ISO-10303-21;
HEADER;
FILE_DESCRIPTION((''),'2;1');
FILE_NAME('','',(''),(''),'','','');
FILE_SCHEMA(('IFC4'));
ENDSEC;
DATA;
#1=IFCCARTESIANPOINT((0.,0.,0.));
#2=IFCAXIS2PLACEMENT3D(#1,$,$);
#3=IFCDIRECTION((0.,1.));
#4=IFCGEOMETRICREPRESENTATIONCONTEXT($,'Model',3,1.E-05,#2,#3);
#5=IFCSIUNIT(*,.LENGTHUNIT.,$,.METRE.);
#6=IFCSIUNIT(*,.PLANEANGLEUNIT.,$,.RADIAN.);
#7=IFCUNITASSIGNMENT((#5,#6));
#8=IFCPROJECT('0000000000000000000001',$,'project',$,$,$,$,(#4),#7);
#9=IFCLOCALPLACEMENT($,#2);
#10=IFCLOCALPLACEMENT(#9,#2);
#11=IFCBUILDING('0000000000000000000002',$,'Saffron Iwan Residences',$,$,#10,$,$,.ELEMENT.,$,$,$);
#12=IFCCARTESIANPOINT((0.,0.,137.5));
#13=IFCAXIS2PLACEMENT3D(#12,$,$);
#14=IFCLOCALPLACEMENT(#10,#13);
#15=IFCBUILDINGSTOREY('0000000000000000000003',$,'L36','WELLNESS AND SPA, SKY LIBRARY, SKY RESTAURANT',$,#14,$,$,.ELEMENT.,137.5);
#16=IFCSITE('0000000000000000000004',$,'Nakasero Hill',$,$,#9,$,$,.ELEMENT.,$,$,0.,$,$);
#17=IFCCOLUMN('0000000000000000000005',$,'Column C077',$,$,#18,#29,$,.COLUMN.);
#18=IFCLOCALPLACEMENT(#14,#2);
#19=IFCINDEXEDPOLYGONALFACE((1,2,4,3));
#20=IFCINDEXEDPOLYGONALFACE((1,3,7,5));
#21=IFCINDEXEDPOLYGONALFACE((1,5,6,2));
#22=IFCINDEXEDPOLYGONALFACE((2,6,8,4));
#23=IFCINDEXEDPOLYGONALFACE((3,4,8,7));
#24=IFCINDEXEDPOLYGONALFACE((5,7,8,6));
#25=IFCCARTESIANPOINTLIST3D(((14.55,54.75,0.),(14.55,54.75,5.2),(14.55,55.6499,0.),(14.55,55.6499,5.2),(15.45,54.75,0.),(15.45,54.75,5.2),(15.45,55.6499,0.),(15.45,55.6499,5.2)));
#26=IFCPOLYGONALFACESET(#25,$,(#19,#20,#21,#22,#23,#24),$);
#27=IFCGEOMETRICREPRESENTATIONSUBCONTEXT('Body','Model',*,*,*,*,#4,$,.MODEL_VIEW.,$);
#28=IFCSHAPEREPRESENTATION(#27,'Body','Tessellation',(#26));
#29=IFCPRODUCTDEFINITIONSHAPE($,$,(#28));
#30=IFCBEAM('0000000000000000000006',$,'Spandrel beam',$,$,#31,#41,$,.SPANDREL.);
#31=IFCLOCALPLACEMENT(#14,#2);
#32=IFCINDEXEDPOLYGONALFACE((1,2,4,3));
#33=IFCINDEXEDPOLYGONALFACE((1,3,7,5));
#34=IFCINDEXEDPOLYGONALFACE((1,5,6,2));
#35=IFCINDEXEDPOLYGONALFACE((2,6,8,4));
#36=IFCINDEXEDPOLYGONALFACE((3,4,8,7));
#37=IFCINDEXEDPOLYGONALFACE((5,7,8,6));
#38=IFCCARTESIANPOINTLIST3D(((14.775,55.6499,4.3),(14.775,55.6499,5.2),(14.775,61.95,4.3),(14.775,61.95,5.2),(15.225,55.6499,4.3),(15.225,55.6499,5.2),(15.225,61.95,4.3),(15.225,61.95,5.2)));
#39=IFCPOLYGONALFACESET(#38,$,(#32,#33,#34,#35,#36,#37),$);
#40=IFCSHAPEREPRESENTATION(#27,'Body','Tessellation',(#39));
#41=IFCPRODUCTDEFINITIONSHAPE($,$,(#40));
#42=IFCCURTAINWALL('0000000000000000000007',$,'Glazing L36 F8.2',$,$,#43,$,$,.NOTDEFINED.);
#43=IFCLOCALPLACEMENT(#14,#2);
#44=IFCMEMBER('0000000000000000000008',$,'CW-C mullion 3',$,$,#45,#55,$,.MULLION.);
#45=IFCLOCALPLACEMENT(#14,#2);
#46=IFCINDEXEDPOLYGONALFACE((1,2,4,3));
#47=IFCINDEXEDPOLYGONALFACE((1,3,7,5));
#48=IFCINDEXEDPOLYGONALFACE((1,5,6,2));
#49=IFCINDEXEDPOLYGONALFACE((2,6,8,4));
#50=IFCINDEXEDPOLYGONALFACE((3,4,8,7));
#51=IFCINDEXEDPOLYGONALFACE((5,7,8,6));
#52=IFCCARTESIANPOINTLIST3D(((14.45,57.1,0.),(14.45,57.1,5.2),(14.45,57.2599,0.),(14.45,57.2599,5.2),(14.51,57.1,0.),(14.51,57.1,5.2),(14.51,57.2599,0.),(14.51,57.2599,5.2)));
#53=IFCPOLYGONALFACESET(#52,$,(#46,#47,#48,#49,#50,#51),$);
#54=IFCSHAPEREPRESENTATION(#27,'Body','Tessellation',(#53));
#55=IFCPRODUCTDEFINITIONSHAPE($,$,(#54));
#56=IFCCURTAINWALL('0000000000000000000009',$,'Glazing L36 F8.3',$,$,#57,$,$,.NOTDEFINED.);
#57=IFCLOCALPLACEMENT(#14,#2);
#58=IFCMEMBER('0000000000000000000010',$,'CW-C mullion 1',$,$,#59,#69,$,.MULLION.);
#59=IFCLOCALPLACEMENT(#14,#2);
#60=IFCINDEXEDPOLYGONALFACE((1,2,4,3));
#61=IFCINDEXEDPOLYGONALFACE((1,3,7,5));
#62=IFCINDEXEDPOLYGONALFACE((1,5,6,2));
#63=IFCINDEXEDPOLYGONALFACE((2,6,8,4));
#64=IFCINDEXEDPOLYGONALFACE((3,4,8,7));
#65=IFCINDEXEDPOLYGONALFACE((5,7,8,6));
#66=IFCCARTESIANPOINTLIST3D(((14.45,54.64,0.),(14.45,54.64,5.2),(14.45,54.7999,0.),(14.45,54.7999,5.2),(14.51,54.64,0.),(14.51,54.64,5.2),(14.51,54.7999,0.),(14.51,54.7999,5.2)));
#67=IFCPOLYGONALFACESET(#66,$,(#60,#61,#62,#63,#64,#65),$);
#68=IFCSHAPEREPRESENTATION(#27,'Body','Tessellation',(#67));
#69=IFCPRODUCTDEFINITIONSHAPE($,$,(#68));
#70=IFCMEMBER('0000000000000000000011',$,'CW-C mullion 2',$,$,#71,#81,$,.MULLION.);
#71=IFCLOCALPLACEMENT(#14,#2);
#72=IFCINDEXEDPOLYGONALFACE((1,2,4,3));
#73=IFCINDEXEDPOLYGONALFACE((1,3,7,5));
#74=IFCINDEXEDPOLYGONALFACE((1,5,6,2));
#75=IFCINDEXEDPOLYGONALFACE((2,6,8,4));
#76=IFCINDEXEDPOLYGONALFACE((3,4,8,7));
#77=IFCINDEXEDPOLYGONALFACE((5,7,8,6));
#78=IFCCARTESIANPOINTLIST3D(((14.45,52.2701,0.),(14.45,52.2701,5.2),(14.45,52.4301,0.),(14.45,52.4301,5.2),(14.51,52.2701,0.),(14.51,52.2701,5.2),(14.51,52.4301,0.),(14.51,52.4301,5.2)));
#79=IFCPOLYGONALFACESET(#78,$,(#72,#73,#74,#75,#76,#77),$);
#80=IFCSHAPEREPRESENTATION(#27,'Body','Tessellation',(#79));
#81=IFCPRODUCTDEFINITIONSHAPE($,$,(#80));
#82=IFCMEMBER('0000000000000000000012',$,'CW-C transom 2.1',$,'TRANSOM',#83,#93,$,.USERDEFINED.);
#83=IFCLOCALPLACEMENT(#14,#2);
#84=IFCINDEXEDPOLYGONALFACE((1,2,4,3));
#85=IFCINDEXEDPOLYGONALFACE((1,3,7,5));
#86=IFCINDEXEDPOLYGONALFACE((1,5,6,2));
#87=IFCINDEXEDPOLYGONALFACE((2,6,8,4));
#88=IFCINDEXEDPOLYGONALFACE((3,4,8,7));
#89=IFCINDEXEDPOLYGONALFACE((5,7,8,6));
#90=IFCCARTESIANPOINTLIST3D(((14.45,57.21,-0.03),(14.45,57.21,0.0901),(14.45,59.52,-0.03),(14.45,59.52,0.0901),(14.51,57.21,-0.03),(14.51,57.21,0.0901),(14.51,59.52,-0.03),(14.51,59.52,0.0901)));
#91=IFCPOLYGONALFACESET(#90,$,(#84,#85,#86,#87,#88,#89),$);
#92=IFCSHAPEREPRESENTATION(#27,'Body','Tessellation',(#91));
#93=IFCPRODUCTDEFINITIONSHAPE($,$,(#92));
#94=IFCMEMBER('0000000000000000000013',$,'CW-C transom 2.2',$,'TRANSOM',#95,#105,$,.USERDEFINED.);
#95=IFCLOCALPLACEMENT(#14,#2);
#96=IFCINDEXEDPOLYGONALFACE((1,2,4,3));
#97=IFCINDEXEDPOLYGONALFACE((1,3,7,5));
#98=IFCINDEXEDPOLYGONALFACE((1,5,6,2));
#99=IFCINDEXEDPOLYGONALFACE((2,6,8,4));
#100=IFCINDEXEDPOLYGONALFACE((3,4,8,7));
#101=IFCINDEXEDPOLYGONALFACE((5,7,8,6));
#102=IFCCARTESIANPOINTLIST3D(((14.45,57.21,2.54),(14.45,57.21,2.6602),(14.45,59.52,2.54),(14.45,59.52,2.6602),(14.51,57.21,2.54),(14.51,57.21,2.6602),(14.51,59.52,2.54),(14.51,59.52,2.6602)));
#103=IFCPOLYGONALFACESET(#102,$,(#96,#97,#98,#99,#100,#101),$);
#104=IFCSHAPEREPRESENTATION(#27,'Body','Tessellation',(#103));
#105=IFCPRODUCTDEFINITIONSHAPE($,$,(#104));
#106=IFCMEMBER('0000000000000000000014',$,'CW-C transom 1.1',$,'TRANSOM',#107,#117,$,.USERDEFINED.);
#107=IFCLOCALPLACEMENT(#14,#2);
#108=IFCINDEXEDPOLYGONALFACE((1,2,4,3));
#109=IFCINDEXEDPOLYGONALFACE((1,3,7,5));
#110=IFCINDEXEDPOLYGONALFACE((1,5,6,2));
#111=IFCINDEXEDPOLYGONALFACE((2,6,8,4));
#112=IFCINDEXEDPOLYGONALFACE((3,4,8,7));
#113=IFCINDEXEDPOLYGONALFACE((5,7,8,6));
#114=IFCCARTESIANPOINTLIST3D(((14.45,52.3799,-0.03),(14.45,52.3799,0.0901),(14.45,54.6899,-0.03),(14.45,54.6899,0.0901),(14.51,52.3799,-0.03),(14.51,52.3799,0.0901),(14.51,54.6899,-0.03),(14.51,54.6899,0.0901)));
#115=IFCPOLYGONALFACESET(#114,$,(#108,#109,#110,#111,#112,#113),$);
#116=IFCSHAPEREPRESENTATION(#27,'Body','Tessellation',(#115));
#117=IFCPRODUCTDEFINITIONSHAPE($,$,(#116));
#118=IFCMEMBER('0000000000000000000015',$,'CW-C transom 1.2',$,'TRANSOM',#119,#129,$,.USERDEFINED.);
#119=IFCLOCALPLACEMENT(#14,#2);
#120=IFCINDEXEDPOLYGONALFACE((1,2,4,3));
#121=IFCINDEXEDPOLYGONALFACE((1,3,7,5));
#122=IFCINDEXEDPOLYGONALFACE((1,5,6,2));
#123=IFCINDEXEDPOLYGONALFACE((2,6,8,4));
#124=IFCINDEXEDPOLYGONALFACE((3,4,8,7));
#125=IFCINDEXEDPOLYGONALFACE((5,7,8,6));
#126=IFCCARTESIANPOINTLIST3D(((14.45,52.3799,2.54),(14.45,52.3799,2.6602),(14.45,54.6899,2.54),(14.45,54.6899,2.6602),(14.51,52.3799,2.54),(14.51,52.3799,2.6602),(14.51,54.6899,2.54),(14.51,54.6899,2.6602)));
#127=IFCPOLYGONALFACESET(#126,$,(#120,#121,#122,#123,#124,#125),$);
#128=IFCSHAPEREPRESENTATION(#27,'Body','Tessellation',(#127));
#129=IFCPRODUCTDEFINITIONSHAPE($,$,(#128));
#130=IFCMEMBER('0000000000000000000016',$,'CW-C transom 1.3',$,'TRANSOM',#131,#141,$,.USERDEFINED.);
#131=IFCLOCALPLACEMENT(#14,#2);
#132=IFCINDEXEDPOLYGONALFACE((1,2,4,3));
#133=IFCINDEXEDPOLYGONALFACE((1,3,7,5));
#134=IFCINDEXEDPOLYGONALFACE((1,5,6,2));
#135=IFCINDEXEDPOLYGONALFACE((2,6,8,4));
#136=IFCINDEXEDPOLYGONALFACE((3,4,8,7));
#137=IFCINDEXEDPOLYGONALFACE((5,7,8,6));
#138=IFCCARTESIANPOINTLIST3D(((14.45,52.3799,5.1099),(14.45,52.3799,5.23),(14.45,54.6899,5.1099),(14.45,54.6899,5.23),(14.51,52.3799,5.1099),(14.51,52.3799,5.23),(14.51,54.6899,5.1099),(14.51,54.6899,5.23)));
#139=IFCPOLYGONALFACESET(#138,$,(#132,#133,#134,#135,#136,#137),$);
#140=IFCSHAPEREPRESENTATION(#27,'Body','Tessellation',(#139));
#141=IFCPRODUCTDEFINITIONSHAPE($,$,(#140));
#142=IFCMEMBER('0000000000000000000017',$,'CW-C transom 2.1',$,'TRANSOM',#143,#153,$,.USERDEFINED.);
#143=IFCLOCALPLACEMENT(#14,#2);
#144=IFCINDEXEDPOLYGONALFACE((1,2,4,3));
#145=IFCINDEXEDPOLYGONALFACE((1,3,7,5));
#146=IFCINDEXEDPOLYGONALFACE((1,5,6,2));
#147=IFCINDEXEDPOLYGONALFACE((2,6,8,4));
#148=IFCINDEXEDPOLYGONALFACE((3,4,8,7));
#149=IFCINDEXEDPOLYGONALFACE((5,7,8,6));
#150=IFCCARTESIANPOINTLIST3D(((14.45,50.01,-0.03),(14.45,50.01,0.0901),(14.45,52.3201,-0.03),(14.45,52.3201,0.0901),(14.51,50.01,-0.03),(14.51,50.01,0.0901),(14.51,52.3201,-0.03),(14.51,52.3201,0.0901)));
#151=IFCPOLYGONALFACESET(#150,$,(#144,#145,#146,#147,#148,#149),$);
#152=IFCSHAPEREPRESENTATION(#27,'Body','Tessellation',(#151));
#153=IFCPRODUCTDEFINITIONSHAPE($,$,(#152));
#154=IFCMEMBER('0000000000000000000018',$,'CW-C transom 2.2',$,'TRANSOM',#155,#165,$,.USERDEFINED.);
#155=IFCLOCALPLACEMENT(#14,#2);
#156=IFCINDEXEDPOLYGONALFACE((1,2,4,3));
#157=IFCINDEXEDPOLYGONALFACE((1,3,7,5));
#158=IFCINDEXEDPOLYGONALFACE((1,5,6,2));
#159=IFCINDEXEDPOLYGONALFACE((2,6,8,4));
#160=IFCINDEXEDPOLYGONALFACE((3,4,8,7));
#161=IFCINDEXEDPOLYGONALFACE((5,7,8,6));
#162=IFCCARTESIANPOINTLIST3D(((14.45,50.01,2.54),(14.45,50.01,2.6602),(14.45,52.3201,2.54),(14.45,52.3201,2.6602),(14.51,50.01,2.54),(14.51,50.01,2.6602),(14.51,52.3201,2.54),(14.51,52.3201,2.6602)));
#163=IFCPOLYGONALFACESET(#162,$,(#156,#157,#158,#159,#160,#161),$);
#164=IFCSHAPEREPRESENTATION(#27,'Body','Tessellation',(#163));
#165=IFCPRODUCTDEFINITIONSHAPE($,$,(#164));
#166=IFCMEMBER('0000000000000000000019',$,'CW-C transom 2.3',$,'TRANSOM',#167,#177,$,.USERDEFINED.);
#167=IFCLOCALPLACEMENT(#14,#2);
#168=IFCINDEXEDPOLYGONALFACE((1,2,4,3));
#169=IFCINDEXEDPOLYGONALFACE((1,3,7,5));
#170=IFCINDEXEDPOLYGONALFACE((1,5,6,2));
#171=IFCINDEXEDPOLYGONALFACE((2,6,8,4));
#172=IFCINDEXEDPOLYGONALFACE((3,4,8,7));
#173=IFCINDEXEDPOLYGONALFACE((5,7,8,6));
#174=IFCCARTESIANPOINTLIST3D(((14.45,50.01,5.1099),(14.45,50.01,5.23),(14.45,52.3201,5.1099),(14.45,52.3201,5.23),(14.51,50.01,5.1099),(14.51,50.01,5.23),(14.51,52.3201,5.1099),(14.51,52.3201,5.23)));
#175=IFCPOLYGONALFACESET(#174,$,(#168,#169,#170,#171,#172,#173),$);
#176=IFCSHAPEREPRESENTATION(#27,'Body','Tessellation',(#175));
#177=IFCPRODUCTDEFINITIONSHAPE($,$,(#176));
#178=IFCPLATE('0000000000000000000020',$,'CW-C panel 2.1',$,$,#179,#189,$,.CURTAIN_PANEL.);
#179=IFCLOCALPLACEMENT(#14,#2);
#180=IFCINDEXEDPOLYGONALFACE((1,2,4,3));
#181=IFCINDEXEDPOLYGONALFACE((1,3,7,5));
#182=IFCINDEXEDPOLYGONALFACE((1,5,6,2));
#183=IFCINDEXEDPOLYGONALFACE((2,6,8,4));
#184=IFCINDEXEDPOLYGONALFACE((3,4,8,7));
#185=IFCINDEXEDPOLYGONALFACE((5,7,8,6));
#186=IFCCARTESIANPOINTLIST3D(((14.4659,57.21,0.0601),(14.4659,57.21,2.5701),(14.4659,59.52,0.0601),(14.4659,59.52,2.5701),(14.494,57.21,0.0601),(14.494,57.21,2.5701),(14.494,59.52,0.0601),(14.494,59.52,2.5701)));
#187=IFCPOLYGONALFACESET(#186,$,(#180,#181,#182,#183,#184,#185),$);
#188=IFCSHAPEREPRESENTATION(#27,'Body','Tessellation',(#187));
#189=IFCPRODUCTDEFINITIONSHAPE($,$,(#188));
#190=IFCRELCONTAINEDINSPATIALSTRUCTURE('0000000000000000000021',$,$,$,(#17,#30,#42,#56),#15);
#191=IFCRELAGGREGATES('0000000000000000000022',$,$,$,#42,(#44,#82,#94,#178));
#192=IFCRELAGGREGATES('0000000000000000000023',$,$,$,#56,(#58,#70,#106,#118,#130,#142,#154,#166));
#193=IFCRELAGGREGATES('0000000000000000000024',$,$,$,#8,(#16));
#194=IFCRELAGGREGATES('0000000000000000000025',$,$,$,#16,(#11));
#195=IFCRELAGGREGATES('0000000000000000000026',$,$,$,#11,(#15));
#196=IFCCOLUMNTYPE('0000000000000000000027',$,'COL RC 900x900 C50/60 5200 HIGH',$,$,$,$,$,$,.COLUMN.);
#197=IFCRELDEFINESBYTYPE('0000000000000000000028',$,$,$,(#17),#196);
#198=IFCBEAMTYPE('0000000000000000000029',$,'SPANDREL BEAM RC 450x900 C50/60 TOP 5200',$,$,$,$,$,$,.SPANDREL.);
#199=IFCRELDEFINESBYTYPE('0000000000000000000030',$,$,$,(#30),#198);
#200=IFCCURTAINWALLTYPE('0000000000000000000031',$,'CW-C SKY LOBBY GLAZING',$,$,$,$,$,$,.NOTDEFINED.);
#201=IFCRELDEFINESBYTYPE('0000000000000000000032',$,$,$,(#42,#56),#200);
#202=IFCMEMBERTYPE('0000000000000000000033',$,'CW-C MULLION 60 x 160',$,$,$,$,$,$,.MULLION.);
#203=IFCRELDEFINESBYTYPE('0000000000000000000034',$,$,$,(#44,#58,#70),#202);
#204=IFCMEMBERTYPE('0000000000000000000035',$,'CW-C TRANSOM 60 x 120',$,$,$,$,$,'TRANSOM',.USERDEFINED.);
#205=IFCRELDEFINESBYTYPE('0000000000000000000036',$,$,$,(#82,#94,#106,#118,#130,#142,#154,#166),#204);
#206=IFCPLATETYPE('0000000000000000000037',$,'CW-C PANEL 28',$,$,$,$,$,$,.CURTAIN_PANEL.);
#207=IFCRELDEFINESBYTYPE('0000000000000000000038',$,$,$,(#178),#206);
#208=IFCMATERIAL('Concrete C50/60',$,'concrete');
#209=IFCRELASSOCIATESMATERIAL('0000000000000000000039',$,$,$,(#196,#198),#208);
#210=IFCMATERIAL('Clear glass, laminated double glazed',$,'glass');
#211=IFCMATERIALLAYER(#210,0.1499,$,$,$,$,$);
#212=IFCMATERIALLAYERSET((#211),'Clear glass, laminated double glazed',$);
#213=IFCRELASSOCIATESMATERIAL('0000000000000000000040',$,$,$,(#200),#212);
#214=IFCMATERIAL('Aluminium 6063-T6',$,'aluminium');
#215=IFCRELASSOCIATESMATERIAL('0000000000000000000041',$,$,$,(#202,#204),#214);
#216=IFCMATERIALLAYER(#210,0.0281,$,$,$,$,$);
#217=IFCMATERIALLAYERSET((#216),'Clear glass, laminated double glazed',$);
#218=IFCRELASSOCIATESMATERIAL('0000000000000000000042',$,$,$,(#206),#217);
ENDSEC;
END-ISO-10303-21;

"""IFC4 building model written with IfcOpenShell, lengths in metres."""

from ifc_helpers import new_model, si_unit, direction, frame, origin, origin_2d, place, context, subcontext, project, spatial, rectangle, extrude, source, transform, mapped, material, layer, layer_set, material_profile, profile_set, type_object, element, aggregate, save


model = new_model("IFC4")

# Units and contexts
model_context = context("Model", 3, precision=1e-05, world=origin(), true_north=direction((0.0, 1.0)))
body_context = subcontext(model_context, "Body", "Model", "MODEL_VIEW")
ifc_project = project(units=[si_unit("LENGTHUNIT", "METRE"), si_unit("PLANEANGLEUNIT", "RADIAN")], contexts=[model_context])

# Site, building, storey
site_placement = place(None, origin())
site = spatial("IfcSite", under=ifc_project, at=site_placement, Name="Nakasero Hill", CompositionType="ELEMENT", RefElevation=0.0)
building_placement = place(site_placement, origin())
building = spatial("IfcBuilding", under=site, at=building_placement, Name="Saffron Iwan Residences", CompositionType="ELEMENT")
storey_placement = place(building_placement, frame((0.0, 0.0, 137.5)))
storey = spatial("IfcBuildingStorey", under=building, at=storey_placement, Name="L36", Description="WELLNESS AND SPA, SKY LIBRARY, SKY RESTAURANT", CompositionType="ELEMENT", Elevation=137.5)

# Column
ifc_material_1 = material(Name="Concrete C50/60", Category="concrete")
ifc_material_profile_1 = material_profile(ifc_material_1, rectangle(XDim=0.8999, YDim=0.8999, at=origin_2d()), Name="RC 900x900")
ifc_profile_set_1 = profile_set([ifc_material_profile_1], Name="Concrete C50/60")
column_type = type_object("IfcColumnType", Name="COL RC 900x900 C50/60 5200 HIGH", PredefinedType="COLUMN", material=ifc_profile_set_1)
shared_shape_1 = source(origin(), body_context, "Body", "SweptSolid", [
    extrude(rectangle(XDim=0.8999, YDim=0.8999, at=origin_2d()), origin(), (0.0, 0.0, 1.0), 5.2),
])
column_placement = place(storey_placement, frame((15.0, 55.2, 0.0), z_axis=(0.0, 0.0, 1.0), x_axis=(1.0, 0.0, 0.0)))
element("IfcColumn", 1, at=column_placement, inside=storey, type_object=column_type, Name="Column C077", PredefinedType="COLUMN", context=body_context, shape_type="MappedRepresentation", body=[
    mapped(shared_shape_1, transform((0.0, 0.0, 0.0))),
])

# Beam
ifc_material_profile_2 = material_profile(ifc_material_1, rectangle(XDim=0.45, YDim=0.8999, at=origin_2d()), Name="RC 450x900")
ifc_profile_set_2 = profile_set([ifc_material_profile_2], Name="Concrete C50/60")
beam_type = type_object("IfcBeamType", Name="SPANDREL BEAM RC 450x900 C50/60 TOP 5200", PredefinedType="SPANDREL", material=ifc_profile_set_2)
shared_shape_2 = source(origin(), body_context, "Body", "SweptSolid", [
    extrude(rectangle(XDim=0.45, YDim=0.8999, at=origin_2d()), origin(), (0.0, 0.0, 1.0), 6.3),
])
beam_placement = place(storey_placement, frame((15.0, 55.6499, 4.75), z_axis=(0.0, 1.0, 0.0), x_axis=(-1.0, 0.0, 0.0)))
element("IfcBeam", 2, at=beam_placement, inside=storey, type_object=beam_type, Name="Spandrel beam", PredefinedType="SPANDREL", context=body_context, shape_type="MappedRepresentation", body=[
    mapped(shared_shape_2, transform((0.0, 0.0, 0.0))),
])

# Curtain wall, member
ifc_material_2 = material(Name="Clear glass, laminated double glazed", Category="glass")
ifc_layer_1 = layer(ifc_material_2, 0.1499)
ifc_layer_set_1 = layer_set([ifc_layer_1], Name="Clear glass, laminated double glazed")
curtain_wall_type = type_object("IfcCurtainWallType", Name="CW-C SKY LOBBY GLAZING", PredefinedType="NOTDEFINED", material=ifc_layer_set_1)
curtain_wall_1_placement = place(storey_placement, origin())
curtain_wall_1 = element("IfcCurtainWall", 3, at=curtain_wall_1_placement, inside=storey, type_object=curtain_wall_type, Name="Glazing L36 F8.2", PredefinedType="NOTDEFINED")
ifc_material_3 = material(Name="Aluminium 6063-T6", Category="aluminium")
ifc_material_profile_3 = material_profile(ifc_material_3, rectangle(XDim=0.0601, YDim=0.1599, at=origin_2d()), Name="CW-C MULLION 60 x 160")
ifc_profile_set_3 = profile_set([ifc_material_profile_3], Name="Aluminium 6063-T6")
member_type_1 = type_object("IfcMemberType", Name="CW-C MULLION 60 x 160", PredefinedType="MULLION", material=ifc_profile_set_3)
shared_shape_3 = source(origin(), body_context, "Body", "SweptSolid", [
    extrude(rectangle(XDim=0.0601, YDim=0.1599, at=origin_2d()), origin(), (0.0, 0.0, 1.0), 5.2),
])
member_1_placement = place(storey_placement, frame((14.48, 57.1799, 0.0), z_axis=(0.0, 0.0, 1.0), x_axis=(1.0, 0.0, 0.0)))
member_1 = element("IfcMember", 4, at=member_1_placement, type_object=member_type_1, Name="CW-C mullion 3", PredefinedType="MULLION", context=body_context, shape_type="MappedRepresentation", body=[
    mapped(shared_shape_3, transform((0.0, 0.0, 0.0))),
])

# Curtain wall, members
curtain_wall_2_placement = place(storey_placement, origin())
curtain_wall_2 = element("IfcCurtainWall", 5, at=curtain_wall_2_placement, inside=storey, type_object=curtain_wall_type, Name="Glazing L36 F8.3", PredefinedType="NOTDEFINED")
member_2_placement = place(storey_placement, frame((14.48, 54.72, 0.0), z_axis=(0.0, 0.0, 1.0), x_axis=(1.0, 0.0, 0.0)))
member_2 = element("IfcMember", 6, at=member_2_placement, type_object=member_type_1, Name="CW-C mullion 1", PredefinedType="MULLION", context=body_context, shape_type="MappedRepresentation", body=[
    mapped(shared_shape_3, transform((0.0, 0.0, 0.0))),
])
member_3_placement = place(storey_placement, frame((14.48, 52.3501, 0.0), z_axis=(0.0, 0.0, 1.0), x_axis=(1.0, 0.0, 0.0)))
member_3 = element("IfcMember", 7, at=member_3_placement, type_object=member_type_1, Name="CW-C mullion 2", PredefinedType="MULLION", context=body_context, shape_type="MappedRepresentation", body=[
    mapped(shared_shape_3, transform((0.0, 0.0, 0.0))),
])

# Members
ifc_material_profile_4 = material_profile(ifc_material_3, rectangle(XDim=0.0601, YDim=0.1201, at=origin_2d()), Name="CW-C TRANSOM 60 x 120")
ifc_profile_set_4 = profile_set([ifc_material_profile_4], Name="Aluminium 6063-T6")
member_type_2 = type_object("IfcMemberType", Name="CW-C TRANSOM 60 x 120", ElementType="TRANSOM", PredefinedType="USERDEFINED", material=ifc_profile_set_4)
shared_shape_4 = source(origin(), body_context, "Body", "SweptSolid", [
    extrude(rectangle(XDim=0.0601, YDim=0.1201, at=origin_2d()), origin(), (0.0, 0.0, 1.0), 2.3101),
])
member_4_placement = place(storey_placement, frame((14.48, 59.52, 0.03), z_axis=(0.0, -1.0, 0.0), x_axis=(1.0, 0.0, 0.0)))
member_4 = element("IfcMember", 8, at=member_4_placement, type_object=member_type_2, Name="CW-C transom 2.1", ObjectType="TRANSOM", PredefinedType="USERDEFINED", context=body_context, shape_type="MappedRepresentation", body=[
    mapped(shared_shape_4, transform((0.0, 0.0, 0.0))),
])
member_5_placement = place(storey_placement, frame((14.48, 59.52, 2.6001), z_axis=(0.0, -1.0, 0.0), x_axis=(1.0, 0.0, 0.0)))
member_5 = element("IfcMember", 9, at=member_5_placement, type_object=member_type_2, Name="CW-C transom 2.2", ObjectType="TRANSOM", PredefinedType="USERDEFINED", context=body_context, shape_type="MappedRepresentation", body=[
    mapped(shared_shape_4, transform((0.0, 0.0, 0.0))),
])
member_6_placement = place(storey_placement, frame((14.48, 54.6899, 0.03), z_axis=(0.0, -1.0, 0.0), x_axis=(1.0, 0.0, 0.0)))
member_6 = element("IfcMember", 10, at=member_6_placement, type_object=member_type_2, Name="CW-C transom 1.1", ObjectType="TRANSOM", PredefinedType="USERDEFINED", context=body_context, shape_type="MappedRepresentation", body=[
    mapped(shared_shape_4, transform((0.0, 0.0, 0.0))),
])
member_7_placement = place(storey_placement, frame((14.48, 54.6899, 2.6001), z_axis=(0.0, -1.0, 0.0), x_axis=(1.0, 0.0, 0.0)))
member_7 = element("IfcMember", 11, at=member_7_placement, type_object=member_type_2, Name="CW-C transom 1.2", ObjectType="TRANSOM", PredefinedType="USERDEFINED", context=body_context, shape_type="MappedRepresentation", body=[
    mapped(shared_shape_4, transform((0.0, 0.0, 0.0))),
])
member_8_placement = place(storey_placement, frame((14.48, 54.6899, 5.1699), z_axis=(0.0, -1.0, 0.0), x_axis=(1.0, 0.0, 0.0)))
member_8 = element("IfcMember", 12, at=member_8_placement, type_object=member_type_2, Name="CW-C transom 1.3", ObjectType="TRANSOM", PredefinedType="USERDEFINED", context=body_context, shape_type="MappedRepresentation", body=[
    mapped(shared_shape_4, transform((0.0, 0.0, 0.0))),
])
member_9_placement = place(storey_placement, frame((14.48, 52.3201, 0.03), z_axis=(0.0, -1.0, 0.0), x_axis=(1.0, 0.0, 0.0)))
member_9 = element("IfcMember", 13, at=member_9_placement, type_object=member_type_2, Name="CW-C transom 2.1", ObjectType="TRANSOM", PredefinedType="USERDEFINED", context=body_context, shape_type="MappedRepresentation", body=[
    mapped(shared_shape_4, transform((0.0, 0.0, 0.0))),
])
member_10_placement = place(storey_placement, frame((14.48, 52.3201, 2.6001), z_axis=(0.0, -1.0, 0.0), x_axis=(1.0, 0.0, 0.0)))
member_10 = element("IfcMember", 14, at=member_10_placement, type_object=member_type_2, Name="CW-C transom 2.2", ObjectType="TRANSOM", PredefinedType="USERDEFINED", context=body_context, shape_type="MappedRepresentation", body=[
    mapped(shared_shape_4, transform((0.0, 0.0, 0.0))),
])
member_11_placement = place(storey_placement, frame((14.48, 52.3201, 5.1699), z_axis=(0.0, -1.0, 0.0), x_axis=(1.0, 0.0, 0.0)))
member_11 = element("IfcMember", 15, at=member_11_placement, type_object=member_type_2, Name="CW-C transom 2.3", ObjectType="TRANSOM", PredefinedType="USERDEFINED", context=body_context, shape_type="MappedRepresentation", body=[
    mapped(shared_shape_4, transform((0.0, 0.0, 0.0))),
])

# Plate
ifc_layer_2 = layer(ifc_material_2, 0.0281)
ifc_layer_set_2 = layer_set([ifc_layer_2], Name="Clear glass, laminated double glazed")
plate_type = type_object("IfcPlateType", Name="CW-C PANEL 28", PredefinedType="CURTAIN_PANEL", material=ifc_layer_set_2)
shared_shape_5 = source(origin(), body_context, "Body", "SweptSolid", [
    extrude(rectangle(XDim=2.3101, YDim=0.0281, at=origin_2d()), origin(), (0.0, 0.0, 1.0), 2.51),
])
plate_1_placement = place(storey_placement, frame((14.48, 58.365, 0.0601), z_axis=(0.0, 0.0, 1.0), x_axis=(0.0, -1.0, 0.0)))
plate_1 = element("IfcPlate", 16, at=plate_1_placement, type_object=plate_type, Name="CW-C panel 2.1", PredefinedType="CURTAIN_PANEL", context=body_context, shape_type="MappedRepresentation", body=[
    mapped(shared_shape_5, transform((0.0, 0.0, 0.0))),
])
aggregate(curtain_wall_1, [member_1, member_4, member_5, plate_1])
aggregate(curtain_wall_2, [member_2, member_3, member_6, member_7, member_8, member_9, member_10, member_11])

save(model, "model.ifc")
